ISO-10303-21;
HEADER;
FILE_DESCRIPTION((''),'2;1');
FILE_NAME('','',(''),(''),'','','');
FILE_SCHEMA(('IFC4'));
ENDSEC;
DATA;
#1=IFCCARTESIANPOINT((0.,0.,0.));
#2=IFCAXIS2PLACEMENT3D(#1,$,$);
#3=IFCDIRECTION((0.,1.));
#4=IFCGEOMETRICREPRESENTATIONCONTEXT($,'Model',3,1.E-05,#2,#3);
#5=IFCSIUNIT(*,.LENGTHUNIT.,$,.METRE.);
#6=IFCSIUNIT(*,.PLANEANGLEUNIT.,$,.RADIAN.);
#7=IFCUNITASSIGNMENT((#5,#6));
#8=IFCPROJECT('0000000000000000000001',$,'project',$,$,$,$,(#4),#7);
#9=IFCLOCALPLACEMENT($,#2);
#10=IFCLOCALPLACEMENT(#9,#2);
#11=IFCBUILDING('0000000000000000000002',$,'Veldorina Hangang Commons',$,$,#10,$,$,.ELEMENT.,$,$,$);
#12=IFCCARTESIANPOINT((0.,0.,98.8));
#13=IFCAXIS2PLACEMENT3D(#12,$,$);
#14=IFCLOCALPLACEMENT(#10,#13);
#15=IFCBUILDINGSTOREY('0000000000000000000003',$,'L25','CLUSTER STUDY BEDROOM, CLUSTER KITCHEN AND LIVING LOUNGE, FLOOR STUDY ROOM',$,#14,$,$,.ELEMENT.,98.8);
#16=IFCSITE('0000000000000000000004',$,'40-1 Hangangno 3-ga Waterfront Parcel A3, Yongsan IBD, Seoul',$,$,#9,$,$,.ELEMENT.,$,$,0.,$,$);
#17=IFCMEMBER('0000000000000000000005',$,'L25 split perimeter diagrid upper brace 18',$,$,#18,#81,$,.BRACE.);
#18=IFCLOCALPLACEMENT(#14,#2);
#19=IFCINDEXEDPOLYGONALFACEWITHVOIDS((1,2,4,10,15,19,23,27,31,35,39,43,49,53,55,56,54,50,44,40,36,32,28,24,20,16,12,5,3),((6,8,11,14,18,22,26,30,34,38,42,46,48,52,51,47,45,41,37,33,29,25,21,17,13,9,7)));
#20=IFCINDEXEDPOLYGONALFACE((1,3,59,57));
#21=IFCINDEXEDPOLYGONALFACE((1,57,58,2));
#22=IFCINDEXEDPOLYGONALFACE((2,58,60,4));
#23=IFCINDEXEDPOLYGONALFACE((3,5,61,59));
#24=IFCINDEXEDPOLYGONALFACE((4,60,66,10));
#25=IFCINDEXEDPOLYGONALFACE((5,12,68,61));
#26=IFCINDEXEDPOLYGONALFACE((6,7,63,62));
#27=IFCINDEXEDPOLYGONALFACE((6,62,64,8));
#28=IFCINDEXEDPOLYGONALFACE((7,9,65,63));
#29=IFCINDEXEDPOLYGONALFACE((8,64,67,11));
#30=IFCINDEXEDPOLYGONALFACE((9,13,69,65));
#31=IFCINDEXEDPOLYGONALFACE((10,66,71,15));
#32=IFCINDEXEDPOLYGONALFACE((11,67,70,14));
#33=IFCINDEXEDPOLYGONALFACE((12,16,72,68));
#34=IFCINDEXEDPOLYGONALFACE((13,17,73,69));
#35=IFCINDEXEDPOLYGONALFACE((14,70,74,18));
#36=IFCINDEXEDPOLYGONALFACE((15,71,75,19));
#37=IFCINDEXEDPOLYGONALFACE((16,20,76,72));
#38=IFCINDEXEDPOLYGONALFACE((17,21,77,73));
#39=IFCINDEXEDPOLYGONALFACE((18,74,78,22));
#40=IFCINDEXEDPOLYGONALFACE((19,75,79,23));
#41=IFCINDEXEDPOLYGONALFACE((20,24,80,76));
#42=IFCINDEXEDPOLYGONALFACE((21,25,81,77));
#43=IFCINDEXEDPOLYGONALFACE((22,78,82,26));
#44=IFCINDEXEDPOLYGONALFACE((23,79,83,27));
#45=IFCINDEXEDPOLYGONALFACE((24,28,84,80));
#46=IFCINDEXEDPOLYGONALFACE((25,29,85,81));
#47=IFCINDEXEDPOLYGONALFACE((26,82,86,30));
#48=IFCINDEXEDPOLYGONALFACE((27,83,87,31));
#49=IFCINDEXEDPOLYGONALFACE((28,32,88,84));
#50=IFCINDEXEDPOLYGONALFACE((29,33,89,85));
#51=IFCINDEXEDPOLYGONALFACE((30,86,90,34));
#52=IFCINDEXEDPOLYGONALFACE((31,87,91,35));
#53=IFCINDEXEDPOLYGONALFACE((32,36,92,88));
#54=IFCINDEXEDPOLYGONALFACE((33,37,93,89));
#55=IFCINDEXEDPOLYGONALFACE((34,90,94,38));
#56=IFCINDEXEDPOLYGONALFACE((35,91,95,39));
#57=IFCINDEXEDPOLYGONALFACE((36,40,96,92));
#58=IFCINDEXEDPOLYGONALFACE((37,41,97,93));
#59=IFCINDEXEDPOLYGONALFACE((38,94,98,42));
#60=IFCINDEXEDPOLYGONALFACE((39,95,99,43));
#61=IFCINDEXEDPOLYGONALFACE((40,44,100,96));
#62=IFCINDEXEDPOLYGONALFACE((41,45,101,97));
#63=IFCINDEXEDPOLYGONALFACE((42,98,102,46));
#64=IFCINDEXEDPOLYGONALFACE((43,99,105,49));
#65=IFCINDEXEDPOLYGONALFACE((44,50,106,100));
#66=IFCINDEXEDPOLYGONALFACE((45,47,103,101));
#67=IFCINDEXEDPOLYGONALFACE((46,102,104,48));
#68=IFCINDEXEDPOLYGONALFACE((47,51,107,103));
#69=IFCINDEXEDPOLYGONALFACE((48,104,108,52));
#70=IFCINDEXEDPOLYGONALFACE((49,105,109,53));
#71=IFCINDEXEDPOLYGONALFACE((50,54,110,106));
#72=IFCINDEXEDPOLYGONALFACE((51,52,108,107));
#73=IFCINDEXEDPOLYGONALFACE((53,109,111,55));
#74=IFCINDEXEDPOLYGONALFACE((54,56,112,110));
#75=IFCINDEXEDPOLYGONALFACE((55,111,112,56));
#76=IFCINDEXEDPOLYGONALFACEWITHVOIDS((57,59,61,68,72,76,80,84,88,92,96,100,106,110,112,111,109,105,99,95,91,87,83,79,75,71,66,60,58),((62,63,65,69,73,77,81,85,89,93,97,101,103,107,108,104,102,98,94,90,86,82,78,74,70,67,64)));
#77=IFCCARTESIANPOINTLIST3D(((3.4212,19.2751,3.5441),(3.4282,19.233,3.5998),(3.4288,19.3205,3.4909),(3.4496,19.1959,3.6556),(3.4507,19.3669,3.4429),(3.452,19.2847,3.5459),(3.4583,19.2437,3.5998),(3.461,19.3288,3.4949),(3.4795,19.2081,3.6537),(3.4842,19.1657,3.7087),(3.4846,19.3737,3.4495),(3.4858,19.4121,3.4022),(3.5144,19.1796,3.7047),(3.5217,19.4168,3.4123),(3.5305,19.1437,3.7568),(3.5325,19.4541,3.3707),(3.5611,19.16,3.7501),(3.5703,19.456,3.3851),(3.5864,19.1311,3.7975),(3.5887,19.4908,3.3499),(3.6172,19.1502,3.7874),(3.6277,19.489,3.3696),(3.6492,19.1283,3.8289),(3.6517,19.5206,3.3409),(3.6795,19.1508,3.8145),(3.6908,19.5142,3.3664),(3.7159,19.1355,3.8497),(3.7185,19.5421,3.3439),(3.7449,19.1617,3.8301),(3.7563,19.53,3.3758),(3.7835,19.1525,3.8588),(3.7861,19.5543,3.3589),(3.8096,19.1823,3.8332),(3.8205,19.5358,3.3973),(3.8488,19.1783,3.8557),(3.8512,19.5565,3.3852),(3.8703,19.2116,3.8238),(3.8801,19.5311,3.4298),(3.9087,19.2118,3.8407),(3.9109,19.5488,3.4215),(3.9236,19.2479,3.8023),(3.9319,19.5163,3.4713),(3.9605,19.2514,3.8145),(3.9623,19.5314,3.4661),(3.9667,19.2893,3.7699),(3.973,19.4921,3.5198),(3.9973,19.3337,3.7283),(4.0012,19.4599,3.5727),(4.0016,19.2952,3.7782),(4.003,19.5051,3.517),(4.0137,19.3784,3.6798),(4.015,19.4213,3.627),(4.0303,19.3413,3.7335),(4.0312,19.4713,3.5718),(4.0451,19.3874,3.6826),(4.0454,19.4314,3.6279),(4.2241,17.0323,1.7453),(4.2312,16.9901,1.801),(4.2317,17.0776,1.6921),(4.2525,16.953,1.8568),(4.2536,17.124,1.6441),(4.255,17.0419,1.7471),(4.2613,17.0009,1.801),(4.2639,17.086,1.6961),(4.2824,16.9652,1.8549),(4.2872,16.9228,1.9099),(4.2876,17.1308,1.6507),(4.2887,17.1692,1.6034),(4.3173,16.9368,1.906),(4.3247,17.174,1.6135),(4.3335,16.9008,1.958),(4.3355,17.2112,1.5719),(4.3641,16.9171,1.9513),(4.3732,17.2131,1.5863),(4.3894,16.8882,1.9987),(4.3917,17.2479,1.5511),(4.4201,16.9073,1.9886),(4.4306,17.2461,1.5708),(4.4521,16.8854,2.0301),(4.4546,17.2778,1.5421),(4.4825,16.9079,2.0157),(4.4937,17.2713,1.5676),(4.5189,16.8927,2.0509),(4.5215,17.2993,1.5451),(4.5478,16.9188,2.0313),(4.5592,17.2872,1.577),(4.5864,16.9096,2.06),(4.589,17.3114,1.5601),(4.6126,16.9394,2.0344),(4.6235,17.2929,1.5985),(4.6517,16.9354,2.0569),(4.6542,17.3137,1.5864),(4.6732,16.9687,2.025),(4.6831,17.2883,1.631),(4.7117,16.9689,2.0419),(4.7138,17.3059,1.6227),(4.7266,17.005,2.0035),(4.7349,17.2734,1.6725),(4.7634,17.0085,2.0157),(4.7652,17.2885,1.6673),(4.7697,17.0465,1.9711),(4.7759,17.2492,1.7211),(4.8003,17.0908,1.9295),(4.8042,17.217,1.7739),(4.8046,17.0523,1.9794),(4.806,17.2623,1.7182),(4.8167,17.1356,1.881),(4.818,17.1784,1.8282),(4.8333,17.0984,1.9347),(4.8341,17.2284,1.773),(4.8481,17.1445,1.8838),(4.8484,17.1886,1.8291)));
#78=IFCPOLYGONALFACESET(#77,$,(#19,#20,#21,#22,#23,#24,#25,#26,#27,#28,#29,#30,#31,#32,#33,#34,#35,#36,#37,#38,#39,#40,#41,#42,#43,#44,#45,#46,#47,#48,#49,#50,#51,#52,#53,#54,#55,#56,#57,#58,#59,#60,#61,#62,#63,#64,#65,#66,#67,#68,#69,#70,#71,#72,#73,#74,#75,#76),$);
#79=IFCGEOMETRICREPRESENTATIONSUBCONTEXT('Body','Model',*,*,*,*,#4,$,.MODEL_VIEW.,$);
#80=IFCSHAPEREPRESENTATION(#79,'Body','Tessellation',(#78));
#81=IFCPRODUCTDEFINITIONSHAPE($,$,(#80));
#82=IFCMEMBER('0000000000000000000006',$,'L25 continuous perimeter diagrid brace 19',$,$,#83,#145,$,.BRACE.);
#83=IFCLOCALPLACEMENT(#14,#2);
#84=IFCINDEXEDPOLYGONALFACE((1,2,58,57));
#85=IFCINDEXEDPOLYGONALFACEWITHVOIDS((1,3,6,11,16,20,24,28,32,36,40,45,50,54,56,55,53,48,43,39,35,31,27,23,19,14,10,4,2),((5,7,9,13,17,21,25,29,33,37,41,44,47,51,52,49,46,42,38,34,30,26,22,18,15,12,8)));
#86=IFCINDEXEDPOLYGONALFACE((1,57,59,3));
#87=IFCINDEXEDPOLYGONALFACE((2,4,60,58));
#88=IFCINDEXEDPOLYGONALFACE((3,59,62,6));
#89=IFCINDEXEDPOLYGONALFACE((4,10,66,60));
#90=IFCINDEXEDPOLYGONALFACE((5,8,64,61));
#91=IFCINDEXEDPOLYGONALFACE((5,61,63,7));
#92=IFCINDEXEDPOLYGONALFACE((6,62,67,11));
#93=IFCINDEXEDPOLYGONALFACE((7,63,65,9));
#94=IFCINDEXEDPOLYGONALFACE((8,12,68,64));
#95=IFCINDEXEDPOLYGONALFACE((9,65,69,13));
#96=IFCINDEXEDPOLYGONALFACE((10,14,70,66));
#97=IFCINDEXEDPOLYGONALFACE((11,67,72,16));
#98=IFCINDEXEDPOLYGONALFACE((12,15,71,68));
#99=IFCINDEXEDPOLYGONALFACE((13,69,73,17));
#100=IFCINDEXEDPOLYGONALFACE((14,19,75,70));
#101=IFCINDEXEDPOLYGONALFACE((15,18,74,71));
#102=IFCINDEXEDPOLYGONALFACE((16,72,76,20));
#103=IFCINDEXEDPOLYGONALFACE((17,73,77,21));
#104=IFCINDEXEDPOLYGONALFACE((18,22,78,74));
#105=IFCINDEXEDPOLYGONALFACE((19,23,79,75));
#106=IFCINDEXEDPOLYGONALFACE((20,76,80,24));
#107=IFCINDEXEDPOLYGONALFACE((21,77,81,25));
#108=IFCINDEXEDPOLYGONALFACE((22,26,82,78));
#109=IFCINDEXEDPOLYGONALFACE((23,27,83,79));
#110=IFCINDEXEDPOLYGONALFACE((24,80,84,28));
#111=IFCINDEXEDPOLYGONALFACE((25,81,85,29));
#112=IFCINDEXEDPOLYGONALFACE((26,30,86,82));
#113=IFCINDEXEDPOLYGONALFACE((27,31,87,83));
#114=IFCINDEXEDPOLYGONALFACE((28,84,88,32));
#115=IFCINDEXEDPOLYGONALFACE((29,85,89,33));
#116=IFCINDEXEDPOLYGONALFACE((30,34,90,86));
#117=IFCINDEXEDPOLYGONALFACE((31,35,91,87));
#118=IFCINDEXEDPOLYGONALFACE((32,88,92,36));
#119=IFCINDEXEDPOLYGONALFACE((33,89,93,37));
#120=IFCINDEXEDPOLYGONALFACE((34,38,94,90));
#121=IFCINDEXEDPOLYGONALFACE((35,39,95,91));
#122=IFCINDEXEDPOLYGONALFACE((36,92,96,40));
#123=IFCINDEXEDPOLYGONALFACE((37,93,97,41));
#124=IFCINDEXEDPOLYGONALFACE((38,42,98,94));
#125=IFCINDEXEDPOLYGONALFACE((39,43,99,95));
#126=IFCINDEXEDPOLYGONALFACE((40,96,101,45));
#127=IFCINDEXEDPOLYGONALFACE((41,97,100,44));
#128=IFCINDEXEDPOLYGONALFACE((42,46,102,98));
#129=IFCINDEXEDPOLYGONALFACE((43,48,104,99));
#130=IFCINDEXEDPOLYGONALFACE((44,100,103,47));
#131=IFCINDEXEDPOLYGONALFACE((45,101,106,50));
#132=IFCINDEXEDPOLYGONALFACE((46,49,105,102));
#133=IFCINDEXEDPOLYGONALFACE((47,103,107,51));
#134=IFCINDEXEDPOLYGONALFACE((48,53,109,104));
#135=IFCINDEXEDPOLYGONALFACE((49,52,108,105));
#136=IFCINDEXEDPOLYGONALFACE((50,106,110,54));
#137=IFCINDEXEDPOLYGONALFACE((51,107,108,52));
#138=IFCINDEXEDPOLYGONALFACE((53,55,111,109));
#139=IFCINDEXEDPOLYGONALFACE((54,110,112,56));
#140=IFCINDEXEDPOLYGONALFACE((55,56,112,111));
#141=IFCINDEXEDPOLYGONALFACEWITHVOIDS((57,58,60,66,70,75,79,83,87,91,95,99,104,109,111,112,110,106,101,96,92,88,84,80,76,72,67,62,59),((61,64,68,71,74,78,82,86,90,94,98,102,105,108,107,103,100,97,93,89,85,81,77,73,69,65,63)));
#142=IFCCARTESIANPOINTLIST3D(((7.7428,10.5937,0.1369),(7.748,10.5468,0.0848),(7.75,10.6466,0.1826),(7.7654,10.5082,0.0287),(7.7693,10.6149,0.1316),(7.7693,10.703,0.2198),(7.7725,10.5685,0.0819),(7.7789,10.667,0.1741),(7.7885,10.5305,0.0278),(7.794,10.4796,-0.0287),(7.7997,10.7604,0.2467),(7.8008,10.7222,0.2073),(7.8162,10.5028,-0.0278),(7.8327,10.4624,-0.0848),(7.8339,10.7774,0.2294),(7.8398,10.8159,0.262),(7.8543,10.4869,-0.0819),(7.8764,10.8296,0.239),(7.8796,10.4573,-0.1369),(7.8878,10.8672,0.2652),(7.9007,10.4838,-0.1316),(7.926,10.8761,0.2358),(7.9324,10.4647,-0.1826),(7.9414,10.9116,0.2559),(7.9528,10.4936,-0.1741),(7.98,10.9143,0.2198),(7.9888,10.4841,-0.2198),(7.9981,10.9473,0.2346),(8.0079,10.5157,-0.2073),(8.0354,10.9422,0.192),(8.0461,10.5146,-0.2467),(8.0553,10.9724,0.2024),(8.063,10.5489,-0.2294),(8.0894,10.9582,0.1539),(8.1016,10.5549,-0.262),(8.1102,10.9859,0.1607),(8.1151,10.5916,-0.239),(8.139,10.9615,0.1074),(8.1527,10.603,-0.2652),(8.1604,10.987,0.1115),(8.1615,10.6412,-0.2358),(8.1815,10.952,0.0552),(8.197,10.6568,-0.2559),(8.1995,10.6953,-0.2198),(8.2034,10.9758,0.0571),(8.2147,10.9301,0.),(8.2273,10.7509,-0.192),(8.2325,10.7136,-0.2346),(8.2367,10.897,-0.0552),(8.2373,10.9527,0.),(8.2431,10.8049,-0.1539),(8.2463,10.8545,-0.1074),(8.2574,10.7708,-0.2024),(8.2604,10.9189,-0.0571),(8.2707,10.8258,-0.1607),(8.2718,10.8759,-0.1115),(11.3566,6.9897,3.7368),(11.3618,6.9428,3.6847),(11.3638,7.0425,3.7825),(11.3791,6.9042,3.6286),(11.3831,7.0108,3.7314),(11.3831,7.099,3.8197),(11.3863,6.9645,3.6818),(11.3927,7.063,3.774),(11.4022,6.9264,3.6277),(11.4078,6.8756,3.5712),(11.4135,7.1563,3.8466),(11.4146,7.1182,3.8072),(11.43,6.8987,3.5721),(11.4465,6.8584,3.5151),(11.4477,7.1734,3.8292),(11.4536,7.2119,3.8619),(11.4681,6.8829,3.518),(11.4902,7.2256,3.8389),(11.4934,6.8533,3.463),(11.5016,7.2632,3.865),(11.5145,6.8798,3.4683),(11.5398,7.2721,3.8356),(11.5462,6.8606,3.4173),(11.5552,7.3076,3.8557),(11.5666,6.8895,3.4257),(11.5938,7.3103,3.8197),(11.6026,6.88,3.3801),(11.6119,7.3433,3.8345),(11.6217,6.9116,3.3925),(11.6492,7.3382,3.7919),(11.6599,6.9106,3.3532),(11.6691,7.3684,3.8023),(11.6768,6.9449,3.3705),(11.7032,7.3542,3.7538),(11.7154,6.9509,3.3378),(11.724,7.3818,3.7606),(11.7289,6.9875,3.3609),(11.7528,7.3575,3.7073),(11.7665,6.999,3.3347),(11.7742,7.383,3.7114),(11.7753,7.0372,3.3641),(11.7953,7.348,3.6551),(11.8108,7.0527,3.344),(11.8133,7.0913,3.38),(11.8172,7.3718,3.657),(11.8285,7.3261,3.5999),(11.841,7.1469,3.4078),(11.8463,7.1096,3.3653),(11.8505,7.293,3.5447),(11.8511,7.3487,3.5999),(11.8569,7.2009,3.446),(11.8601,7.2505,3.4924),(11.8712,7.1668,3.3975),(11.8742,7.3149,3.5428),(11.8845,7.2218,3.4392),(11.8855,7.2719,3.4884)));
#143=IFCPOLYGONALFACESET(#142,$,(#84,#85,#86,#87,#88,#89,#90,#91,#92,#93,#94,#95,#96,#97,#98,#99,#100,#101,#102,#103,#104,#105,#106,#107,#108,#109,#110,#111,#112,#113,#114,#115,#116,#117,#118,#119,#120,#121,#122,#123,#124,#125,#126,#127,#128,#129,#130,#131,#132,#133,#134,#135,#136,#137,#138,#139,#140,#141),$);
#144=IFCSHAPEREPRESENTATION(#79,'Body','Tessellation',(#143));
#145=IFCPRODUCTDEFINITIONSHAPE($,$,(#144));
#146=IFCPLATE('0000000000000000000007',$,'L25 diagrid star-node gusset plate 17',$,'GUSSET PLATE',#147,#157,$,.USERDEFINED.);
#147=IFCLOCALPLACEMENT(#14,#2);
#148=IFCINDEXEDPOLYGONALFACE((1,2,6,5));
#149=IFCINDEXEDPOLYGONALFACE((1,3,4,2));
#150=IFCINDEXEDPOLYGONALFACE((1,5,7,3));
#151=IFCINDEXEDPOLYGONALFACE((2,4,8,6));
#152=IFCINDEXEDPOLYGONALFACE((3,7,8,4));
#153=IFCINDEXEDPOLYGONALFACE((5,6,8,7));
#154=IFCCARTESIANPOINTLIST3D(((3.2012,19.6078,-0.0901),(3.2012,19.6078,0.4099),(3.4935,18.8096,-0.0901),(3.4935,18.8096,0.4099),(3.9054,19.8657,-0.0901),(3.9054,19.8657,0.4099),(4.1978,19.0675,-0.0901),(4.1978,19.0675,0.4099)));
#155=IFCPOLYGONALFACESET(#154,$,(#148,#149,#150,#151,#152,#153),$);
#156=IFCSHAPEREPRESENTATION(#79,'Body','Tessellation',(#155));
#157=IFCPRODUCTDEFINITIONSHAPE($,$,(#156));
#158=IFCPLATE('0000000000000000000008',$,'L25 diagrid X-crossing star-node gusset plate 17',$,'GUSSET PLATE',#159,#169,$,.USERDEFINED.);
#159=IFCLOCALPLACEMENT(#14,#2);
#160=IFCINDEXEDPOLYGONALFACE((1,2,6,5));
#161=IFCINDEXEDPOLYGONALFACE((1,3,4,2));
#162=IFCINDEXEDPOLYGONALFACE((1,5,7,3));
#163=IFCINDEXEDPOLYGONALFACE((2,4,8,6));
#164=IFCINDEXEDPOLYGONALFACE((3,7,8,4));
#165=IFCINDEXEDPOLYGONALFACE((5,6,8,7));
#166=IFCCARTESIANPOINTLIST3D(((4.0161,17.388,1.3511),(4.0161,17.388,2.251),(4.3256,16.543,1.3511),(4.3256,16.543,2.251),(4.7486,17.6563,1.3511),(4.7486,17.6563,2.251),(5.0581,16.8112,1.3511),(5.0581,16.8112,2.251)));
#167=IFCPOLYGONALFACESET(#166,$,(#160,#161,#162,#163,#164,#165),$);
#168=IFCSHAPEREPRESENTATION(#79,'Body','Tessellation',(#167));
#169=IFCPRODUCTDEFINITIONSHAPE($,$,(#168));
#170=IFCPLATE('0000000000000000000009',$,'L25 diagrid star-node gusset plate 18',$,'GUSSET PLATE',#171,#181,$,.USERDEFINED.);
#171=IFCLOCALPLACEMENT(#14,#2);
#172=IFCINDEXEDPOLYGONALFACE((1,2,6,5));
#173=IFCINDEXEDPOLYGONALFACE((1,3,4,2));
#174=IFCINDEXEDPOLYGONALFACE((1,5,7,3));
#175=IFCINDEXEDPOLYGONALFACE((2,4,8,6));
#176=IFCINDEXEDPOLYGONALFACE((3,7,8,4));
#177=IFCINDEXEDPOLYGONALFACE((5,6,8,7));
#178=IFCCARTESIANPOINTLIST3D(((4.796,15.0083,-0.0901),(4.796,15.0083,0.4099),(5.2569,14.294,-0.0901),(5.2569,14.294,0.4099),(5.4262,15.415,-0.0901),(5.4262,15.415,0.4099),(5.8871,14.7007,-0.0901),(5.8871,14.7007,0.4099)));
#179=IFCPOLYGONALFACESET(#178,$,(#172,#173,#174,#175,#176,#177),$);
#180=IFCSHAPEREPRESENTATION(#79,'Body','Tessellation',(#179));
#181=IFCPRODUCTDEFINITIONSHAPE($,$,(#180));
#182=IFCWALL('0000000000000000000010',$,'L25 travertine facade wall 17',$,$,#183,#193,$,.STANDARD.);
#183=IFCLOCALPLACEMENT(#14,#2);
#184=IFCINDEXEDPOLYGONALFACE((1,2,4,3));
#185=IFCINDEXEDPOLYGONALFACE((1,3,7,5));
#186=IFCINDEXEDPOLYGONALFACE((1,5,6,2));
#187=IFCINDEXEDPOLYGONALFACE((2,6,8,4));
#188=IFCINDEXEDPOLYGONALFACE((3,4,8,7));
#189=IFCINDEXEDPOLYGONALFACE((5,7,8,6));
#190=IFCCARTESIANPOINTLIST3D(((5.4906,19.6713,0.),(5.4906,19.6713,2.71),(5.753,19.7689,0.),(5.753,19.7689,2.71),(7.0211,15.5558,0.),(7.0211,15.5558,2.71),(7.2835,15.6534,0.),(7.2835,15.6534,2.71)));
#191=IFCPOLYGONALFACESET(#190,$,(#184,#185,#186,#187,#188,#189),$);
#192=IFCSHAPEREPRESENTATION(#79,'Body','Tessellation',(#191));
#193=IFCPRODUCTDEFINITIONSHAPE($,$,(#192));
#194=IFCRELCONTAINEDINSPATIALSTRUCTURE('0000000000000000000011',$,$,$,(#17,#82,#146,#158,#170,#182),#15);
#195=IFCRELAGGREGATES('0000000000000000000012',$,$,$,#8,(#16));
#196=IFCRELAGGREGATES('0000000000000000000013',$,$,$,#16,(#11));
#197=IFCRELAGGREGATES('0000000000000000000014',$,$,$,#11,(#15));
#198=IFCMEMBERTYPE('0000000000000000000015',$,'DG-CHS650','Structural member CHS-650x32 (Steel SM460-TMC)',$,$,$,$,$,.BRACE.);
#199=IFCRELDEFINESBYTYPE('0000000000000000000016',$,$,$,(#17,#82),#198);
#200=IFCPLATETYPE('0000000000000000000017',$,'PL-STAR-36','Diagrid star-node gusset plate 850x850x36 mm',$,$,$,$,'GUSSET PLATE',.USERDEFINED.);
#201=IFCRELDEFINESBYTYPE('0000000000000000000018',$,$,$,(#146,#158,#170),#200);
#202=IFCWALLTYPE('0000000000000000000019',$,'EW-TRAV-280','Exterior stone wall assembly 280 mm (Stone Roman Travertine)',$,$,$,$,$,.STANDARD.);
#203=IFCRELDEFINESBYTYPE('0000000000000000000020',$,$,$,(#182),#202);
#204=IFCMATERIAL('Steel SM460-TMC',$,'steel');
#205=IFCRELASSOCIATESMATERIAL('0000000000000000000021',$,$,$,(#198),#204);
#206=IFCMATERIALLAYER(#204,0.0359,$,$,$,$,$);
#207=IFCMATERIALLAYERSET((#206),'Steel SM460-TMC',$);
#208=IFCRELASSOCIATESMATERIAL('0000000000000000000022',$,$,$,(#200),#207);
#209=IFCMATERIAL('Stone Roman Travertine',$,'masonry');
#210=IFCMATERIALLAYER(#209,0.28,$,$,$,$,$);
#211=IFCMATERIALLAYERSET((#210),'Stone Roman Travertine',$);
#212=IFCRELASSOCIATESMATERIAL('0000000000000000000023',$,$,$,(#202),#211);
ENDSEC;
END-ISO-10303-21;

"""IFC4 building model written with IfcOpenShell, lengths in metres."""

from ifc_helpers import new_model, si_unit, direction, frame, frame_2d, origin, origin_2d, place, context, subcontext, project, spatial, rectangle, hollow_circle, extrude, material, layer, layer_set, material_profile, profile_set, type_object, element, save


model = new_model("IFC4")

# Units and contexts
model_context = context("Model", 3, precision=1e-05, world=origin(), true_north=direction((0.0, 1.0)))
body_context = subcontext(model_context, "Body", "Model", "MODEL_VIEW")
ifc_project = project(units=[si_unit("LENGTHUNIT", "METRE"), si_unit("PLANEANGLEUNIT", "RADIAN")], contexts=[model_context])

# Site, building, storey
site_placement = place(None, origin())
site = spatial("IfcSite", under=ifc_project, at=site_placement, Name="40-1 Hangangno 3-ga Waterfront Parcel A3, Yongsan IBD, Seoul", CompositionType="ELEMENT", RefElevation=0.0)
building_placement = place(site_placement, origin())
building = spatial("IfcBuilding", under=site, at=building_placement, Name="Veldorina Hangang Commons", CompositionType="ELEMENT")
storey_placement = place(building_placement, frame((0.0, 0.0, 98.8)))
storey = spatial("IfcBuildingStorey", under=building, at=storey_placement, Name="L25", Description="CLUSTER STUDY BEDROOM, CLUSTER KITCHEN AND LIVING LOUNGE, FLOOR STUDY ROOM", CompositionType="ELEMENT", Elevation=98.8)

# Members
ifc_material_1 = material(Name="Steel SM460-TMC", Category="steel")
ifc_material_profile_1 = material_profile(ifc_material_1, hollow_circle(Radius=0.325, WallThickness=0.032, at=origin_2d()), Name="CHS-650x32")
ifc_profile_set_1 = profile_set([ifc_material_profile_1], Name="Steel SM460-TMC")
member_type = type_object("IfcMemberType", Name="DG-CHS650", Description="Structural member CHS-650x32 (Steel SM460-TMC)", PredefinedType="BRACE", material=ifc_profile_set_1)
member_1_placement = place(storey_placement, frame((4.5371, 17.0996, 1.801), z_axis=(-0.268989, 0.751354, 0.602588), x_axis=(-0.941484, -0.337057, 0.0)))
element("IfcMember", 1, at=member_1_placement, inside=storey, type_object=member_type, Name="L25 split perimeter diagrid upper brace 18", PredefinedType="BRACE", context=body_context, shape_type="SweptSolid", body=[
    extrude(hollow_circle(Radius=0.325, WallThickness=0.032, at=origin_2d()), origin(), (0.0, 0.0, 1.0), 2.9851),
])
member_2_placement = place(storey_placement, frame((8.0078, 10.7227, 0.0), z_axis=(0.578613, -0.57705, 0.576385), x_axis=(0.706149, 0.708063, 0.0)))
element("IfcMember", 2, at=member_2_placement, inside=storey, type_object=member_type, Name="L25 continuous perimeter diagrid brace 19", PredefinedType="BRACE", context=body_context, shape_type="SweptSolid", body=[
    extrude(hollow_circle(Radius=0.325, WallThickness=0.032, at=origin_2d()), origin(), (0.0, 0.0, 1.0), 6.2456),
])

# Plates
ifc_layer_1 = layer(ifc_material_1, 0.0359)
ifc_layer_set_1 = layer_set([ifc_layer_1], Name="Steel SM460-TMC")
plate_type = type_object("IfcPlateType", Name="PL-STAR-36", Description="Diagrid star-node gusset plate 850x850x36 mm", ElementType="GUSSET PLATE", PredefinedType="USERDEFINED", material=ifc_layer_set_1)
plate_1_placement = place(storey_placement, frame((3.6995, 19.3376, -0.0901), z_axis=(0.0, 0.0, 1.0), x_axis=(0.343938, -0.938992, 0.0)))
element("IfcPlate", 3, at=plate_1_placement, inside=storey, type_object=plate_type, Name="L25 diagrid star-node gusset plate 17", ObjectType="GUSSET PLATE", PredefinedType="USERDEFINED", context=body_context, shape_type="SweptSolid", body=[
    extrude(rectangle(XDim=0.8501, YDim=0.75, at=origin_2d()), origin(), (0.0, 0.0, 1.0), 0.5),
])
plate_2_placement = place(storey_placement, frame((4.5371, 17.0996, 1.3511), z_axis=(0.0, 0.0, 1.0), x_axis=(0.343938, -0.938992, 0.0)))
element("IfcPlate", 4, at=plate_2_placement, inside=storey, type_object=plate_type, Name="L25 diagrid X-crossing star-node gusset plate 17", ObjectType="GUSSET PLATE", PredefinedType="USERDEFINED", context=body_context, shape_type="SweptSolid", body=[
    extrude(rectangle(XDim=0.8999, YDim=0.78, at=origin_2d()), origin(), (0.0, 0.0, 1.0), 0.8999),
])
plate_3_placement = place(storey_placement, frame((5.3416, 14.8545, -0.0901), z_axis=(0.0, 0.0, 1.0), x_axis=(0.542236, -0.840226, 0.0)))
element("IfcPlate", 5, at=plate_3_placement, inside=storey, type_object=plate_type, Name="L25 diagrid star-node gusset plate 18", ObjectType="GUSSET PLATE", PredefinedType="USERDEFINED", context=body_context, shape_type="SweptSolid", body=[
    extrude(rectangle(XDim=0.8501, YDim=0.75, at=origin_2d()), origin(), (0.0, 0.0, 1.0), 0.5),
])

# Wall
ifc_material_2 = material(Name="Stone Roman Travertine", Category="masonry")
ifc_layer_2 = layer(ifc_material_2, 0.28)
ifc_layer_set_2 = layer_set([ifc_layer_2], Name="Stone Roman Travertine")
wall_type_1 = type_object("IfcWallType", Name="EW-TRAV-280", Description="Exterior stone wall assembly 280 mm (Stone Roman Travertine)", PredefinedType="STANDARD", material=ifc_layer_set_2)
wall_1_placement = place(storey_placement, frame((5.6218, 19.72, 0.0), z_axis=(0.0, 0.0, 1.0), x_axis=(0.348569, -0.937283, 0.0)))
element("IfcWall", 6, at=wall_1_placement, inside=storey, type_object=wall_type_1, Name="L25 travertine facade wall 17", PredefinedType="STANDARD", context=body_context, shape_type="SweptSolid", body=[
    extrude(rectangle(XDim=4.3909, YDim=0.28, at=frame_2d((2.1953, 0.0))), origin(), (0.0, 0.0, 1.0), 2.71),
])

save(model, "model.ifc")
